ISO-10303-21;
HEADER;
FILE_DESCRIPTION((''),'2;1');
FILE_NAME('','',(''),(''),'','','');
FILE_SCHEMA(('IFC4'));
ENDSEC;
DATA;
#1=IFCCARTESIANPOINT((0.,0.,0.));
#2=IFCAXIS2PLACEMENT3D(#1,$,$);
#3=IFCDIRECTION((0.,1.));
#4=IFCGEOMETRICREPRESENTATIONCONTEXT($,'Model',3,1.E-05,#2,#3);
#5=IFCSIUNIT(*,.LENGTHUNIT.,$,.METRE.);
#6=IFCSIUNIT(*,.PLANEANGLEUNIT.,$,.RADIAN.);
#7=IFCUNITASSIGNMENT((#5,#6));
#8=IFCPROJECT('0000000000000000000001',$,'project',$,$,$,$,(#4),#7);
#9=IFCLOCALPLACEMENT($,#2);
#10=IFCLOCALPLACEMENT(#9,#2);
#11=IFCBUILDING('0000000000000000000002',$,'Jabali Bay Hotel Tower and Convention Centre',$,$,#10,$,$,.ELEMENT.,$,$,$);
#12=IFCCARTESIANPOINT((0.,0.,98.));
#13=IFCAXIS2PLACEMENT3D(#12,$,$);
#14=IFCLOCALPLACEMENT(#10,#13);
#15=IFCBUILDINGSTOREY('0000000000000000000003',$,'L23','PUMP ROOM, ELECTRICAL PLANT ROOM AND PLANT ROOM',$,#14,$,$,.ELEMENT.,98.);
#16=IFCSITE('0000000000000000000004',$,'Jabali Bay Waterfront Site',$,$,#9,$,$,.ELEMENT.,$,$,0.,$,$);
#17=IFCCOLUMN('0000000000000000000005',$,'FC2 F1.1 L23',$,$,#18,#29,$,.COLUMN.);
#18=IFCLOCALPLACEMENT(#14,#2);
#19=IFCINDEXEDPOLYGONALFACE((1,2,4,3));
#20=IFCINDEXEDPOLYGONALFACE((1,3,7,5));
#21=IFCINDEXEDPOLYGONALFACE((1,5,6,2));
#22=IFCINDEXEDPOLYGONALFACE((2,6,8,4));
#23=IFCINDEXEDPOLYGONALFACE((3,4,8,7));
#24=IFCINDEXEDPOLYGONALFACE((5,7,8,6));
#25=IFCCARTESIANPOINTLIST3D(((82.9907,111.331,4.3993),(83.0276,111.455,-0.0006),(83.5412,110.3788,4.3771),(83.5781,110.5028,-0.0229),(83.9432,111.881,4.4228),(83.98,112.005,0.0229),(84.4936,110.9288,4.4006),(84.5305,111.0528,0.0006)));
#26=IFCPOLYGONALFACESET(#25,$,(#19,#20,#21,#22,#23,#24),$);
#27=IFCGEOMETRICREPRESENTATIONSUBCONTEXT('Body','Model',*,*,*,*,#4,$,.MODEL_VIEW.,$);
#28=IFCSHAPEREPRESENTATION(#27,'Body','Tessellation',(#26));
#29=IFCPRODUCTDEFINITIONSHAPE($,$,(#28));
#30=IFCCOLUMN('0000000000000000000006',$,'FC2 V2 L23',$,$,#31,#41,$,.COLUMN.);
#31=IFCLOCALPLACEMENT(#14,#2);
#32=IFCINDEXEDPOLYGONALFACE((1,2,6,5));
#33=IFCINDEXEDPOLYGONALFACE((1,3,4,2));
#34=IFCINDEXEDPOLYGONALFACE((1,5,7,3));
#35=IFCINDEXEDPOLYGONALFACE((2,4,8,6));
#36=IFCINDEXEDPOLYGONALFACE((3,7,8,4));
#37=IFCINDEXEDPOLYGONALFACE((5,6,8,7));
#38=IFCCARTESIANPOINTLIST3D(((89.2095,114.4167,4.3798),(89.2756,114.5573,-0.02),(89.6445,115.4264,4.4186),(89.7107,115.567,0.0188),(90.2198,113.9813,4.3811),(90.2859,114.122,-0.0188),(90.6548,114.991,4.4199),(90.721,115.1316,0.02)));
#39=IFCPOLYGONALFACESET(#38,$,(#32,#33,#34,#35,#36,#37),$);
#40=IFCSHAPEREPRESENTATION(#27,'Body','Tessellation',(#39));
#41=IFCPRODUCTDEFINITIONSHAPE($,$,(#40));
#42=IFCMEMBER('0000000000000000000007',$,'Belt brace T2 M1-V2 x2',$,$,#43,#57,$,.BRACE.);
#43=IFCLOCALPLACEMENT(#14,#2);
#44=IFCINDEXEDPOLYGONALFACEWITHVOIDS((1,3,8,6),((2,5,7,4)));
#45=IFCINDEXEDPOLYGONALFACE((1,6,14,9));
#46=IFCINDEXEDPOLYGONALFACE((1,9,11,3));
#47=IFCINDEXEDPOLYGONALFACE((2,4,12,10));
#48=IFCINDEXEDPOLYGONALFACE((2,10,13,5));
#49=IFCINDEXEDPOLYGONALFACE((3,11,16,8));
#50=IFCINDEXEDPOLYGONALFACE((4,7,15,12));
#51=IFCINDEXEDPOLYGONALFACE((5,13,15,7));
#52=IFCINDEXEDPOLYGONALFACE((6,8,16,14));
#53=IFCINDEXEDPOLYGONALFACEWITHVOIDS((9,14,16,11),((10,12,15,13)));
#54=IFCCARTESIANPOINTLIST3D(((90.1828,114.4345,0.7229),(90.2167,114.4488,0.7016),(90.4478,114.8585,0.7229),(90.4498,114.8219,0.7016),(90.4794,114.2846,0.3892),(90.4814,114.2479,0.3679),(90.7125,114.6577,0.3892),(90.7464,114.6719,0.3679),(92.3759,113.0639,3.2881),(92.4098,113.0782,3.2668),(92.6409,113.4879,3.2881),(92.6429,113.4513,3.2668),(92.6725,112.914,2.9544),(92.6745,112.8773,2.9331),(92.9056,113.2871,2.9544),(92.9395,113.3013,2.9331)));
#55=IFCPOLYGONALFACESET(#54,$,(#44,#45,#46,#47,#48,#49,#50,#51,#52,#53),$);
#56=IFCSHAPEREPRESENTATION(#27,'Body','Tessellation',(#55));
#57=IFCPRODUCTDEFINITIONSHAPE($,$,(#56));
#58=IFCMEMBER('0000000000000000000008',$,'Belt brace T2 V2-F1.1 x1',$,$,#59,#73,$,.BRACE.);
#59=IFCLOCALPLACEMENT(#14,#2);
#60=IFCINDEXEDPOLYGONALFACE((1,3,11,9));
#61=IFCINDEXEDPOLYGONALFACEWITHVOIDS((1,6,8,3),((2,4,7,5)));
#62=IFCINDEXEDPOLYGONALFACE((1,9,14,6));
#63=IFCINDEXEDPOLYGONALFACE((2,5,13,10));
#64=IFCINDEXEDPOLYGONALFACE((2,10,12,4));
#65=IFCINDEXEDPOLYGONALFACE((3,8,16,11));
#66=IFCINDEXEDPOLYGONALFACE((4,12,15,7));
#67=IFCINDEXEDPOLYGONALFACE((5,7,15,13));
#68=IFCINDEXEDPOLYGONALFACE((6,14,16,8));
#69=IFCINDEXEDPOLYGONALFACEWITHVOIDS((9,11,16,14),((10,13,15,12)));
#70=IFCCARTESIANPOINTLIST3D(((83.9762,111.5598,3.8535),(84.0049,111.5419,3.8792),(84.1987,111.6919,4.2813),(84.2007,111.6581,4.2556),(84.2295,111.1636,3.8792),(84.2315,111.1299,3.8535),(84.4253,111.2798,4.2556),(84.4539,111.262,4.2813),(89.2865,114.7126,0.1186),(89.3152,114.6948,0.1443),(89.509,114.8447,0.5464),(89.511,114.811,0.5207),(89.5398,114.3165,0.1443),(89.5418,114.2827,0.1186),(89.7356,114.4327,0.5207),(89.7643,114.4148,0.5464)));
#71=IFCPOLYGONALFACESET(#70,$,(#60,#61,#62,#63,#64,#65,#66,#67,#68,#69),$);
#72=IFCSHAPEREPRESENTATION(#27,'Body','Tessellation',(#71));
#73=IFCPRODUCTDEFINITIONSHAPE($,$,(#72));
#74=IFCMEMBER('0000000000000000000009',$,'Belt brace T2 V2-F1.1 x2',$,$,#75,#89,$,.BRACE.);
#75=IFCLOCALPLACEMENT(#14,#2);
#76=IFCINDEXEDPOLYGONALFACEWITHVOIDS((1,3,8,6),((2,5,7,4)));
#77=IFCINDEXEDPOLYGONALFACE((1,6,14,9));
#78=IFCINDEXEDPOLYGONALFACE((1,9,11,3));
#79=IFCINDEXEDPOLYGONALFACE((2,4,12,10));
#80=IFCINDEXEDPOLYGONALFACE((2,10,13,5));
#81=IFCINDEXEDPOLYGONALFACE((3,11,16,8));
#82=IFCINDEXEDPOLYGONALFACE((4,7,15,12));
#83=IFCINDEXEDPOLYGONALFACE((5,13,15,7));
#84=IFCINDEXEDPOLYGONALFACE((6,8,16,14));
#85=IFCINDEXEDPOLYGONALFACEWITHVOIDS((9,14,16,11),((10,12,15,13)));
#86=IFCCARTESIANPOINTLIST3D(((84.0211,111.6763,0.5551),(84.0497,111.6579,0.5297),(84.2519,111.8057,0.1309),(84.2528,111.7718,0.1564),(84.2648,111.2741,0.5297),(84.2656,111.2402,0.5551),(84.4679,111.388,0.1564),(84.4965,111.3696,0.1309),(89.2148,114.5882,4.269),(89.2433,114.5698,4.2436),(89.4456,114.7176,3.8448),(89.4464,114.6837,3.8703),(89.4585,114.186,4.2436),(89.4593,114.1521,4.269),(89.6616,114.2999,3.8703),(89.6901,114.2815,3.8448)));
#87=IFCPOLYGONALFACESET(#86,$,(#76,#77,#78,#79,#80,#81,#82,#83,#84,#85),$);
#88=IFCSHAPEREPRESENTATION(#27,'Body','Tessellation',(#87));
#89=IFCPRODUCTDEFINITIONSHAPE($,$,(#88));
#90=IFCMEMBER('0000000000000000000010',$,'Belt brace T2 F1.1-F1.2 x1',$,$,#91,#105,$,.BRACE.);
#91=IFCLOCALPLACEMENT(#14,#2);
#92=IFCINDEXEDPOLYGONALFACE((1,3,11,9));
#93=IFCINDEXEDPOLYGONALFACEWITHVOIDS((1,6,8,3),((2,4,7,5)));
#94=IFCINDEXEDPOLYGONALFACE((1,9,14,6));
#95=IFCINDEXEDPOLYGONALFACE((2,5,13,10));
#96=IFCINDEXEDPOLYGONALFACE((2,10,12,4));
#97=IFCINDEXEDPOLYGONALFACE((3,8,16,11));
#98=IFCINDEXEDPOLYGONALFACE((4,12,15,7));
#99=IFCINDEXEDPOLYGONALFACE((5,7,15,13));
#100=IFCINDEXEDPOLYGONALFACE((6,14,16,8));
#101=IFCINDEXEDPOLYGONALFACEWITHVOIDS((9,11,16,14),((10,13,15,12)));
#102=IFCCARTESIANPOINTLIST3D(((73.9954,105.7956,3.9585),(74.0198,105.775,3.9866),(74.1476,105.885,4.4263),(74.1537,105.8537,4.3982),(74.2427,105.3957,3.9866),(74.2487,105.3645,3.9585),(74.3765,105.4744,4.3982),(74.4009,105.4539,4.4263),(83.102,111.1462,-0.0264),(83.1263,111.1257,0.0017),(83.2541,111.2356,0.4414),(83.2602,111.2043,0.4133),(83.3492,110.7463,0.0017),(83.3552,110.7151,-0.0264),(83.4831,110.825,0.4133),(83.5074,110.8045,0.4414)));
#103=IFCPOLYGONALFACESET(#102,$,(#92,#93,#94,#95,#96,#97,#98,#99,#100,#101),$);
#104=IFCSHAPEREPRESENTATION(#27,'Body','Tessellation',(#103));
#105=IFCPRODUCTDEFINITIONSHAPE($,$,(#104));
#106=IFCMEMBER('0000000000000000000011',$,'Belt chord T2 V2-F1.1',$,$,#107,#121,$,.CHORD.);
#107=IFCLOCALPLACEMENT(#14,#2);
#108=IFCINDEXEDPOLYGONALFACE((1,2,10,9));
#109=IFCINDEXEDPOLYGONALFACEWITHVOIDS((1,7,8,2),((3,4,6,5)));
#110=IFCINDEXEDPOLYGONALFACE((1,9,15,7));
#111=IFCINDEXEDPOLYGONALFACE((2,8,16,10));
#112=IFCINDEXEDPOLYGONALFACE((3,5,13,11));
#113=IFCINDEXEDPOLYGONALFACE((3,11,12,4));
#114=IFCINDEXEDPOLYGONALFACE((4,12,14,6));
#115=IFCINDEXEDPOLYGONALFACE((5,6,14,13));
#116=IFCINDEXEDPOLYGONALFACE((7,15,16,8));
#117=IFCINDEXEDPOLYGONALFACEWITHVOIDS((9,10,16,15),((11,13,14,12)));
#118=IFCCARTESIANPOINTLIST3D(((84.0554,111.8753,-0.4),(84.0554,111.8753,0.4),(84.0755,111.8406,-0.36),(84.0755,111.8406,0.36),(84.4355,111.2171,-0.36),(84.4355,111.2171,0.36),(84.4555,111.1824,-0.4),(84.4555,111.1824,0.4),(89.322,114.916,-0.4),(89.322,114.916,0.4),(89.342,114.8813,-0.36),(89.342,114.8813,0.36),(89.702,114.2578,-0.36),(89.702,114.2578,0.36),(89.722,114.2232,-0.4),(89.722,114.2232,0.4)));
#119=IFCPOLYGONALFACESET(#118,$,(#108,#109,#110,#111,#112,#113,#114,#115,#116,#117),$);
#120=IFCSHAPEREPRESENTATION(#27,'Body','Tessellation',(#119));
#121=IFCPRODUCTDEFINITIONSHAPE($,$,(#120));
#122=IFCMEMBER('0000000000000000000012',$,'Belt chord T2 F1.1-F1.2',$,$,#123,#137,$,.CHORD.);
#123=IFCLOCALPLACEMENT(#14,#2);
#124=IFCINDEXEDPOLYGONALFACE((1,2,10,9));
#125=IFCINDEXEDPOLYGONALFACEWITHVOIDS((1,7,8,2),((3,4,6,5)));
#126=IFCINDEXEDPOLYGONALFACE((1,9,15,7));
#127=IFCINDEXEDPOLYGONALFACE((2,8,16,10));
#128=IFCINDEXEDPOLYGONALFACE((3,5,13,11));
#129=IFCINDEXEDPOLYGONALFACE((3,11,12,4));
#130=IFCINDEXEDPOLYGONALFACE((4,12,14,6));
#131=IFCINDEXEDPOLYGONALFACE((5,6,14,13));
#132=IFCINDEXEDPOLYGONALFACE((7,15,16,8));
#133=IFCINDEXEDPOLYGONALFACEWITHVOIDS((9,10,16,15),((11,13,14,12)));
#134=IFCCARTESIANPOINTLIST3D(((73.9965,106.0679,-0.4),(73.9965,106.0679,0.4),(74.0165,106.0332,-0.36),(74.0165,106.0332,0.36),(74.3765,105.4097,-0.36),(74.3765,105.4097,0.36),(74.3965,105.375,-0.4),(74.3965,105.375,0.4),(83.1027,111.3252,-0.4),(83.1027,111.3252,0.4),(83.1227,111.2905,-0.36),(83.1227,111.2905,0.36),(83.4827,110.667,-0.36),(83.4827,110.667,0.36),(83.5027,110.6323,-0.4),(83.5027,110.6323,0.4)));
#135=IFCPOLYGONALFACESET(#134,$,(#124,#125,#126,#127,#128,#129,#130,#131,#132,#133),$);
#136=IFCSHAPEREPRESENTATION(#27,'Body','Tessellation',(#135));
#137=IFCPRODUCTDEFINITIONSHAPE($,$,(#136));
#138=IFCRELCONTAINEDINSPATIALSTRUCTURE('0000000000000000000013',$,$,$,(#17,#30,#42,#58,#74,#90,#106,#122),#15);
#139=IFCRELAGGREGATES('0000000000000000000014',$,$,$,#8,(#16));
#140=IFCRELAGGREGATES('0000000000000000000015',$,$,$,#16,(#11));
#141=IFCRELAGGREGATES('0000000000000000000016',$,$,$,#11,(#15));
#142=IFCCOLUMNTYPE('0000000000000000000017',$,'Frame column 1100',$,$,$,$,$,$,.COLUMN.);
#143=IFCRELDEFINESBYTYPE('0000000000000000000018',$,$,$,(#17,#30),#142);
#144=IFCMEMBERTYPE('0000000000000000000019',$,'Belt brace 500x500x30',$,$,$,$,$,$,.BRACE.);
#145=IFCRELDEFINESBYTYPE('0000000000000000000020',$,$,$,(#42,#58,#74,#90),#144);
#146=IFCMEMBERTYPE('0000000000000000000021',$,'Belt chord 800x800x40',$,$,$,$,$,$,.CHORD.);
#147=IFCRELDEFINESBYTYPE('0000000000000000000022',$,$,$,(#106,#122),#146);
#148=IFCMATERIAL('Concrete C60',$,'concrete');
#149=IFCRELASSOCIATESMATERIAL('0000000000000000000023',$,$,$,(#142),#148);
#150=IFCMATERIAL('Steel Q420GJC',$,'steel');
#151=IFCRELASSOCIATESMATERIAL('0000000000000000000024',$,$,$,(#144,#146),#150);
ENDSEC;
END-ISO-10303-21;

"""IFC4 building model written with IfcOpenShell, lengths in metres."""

from ifc_helpers import new_model, si_unit, direction, frame, origin, origin_2d, place, context, subcontext, project, spatial, rectangle, hollow_rectangle, extrude, material, material_profile, profile_set, type_object, element, save


model = new_model("IFC4")

# Units and contexts
model_context = context("Model", 3, precision=1e-05, world=origin(), true_north=direction((0.0, 1.0)))
body_context = subcontext(model_context, "Body", "Model", "MODEL_VIEW")
ifc_project = project(units=[si_unit("LENGTHUNIT", "METRE"), si_unit("PLANEANGLEUNIT", "RADIAN")], contexts=[model_context])

# Site, building, storey
site_placement = place(None, origin())
site = spatial("IfcSite", under=ifc_project, at=site_placement, Name="Jabali Bay Waterfront Site", CompositionType="ELEMENT", RefElevation=0.0)
building_placement = place(site_placement, origin())
building = spatial("IfcBuilding", under=site, at=building_placement, Name="Jabali Bay Hotel Tower and Convention Centre", CompositionType="ELEMENT")
storey_placement = place(building_placement, frame((0.0, 0.0, 98.0)))
storey = spatial("IfcBuildingStorey", under=building, at=storey_placement, Name="L23", Description="PUMP ROOM, ELECTRICAL PLANT ROOM AND PLANT ROOM", CompositionType="ELEMENT", Elevation=98.0)

# Columns
ifc_material_1 = material(Name="Concrete C60", Category="concrete")
ifc_material_profile_1 = material_profile(ifc_material_1, rectangle(XDim=1.1001, YDim=1.1001, at=origin_2d()), Name="Frame column 1100")
ifc_profile_set_1 = profile_set([ifc_material_profile_1], Name="Concrete C60")
column_type = type_object("IfcColumnType", Name="Frame column 1100", PredefinedType="COLUMN", material=ifc_profile_set_1)
column_1_placement = place(storey_placement, frame((83.7791, 111.2539, 0.0), z_axis=(-0.008375, -0.028176, 0.999568), x_axis=(0.865766, 0.499994, 0.021348)))
element("IfcColumn", 1, at=column_1_placement, inside=storey, type_object=column_type, Name="FC2 F1.1 L23", PredefinedType="COLUMN", context=body_context, shape_type="SweptSolid", body=[
    extrude(rectangle(XDim=1.1001, YDim=1.1001, at=origin_2d()), origin(), (0.0, 0.0, 1.0), 4.4019),
])
column_2_placement = place(storey_placement, frame((89.9983, 114.8445, 0.0), z_axis=(-0.015028, -0.031941, 0.999377), x_axis=(0.918364, -0.395736, 0.001161)))
element("IfcColumn", 2, at=column_2_placement, inside=storey, type_object=column_type, Name="FC2 V2 L23", PredefinedType="COLUMN", context=body_context, shape_type="SweptSolid", body=[
    extrude(rectangle(XDim=1.1001, YDim=1.1001, at=origin_2d()), origin(), (0.0, 0.0, 1.0), 4.4026),
])

# Members
ifc_material_2 = material(Name="Steel Q420GJC", Category="steel")
ifc_material_profile_2 = material_profile(ifc_material_2, hollow_rectangle(XDim=0.5, YDim=0.5, WallThickness=0.03, at=origin_2d()), Name="Belt brace 500x500x30")
ifc_profile_set_2 = profile_set([ifc_material_profile_2], Name="Steel Q420GJC")
member_type_1 = type_object("IfcMemberType", Name="Belt brace 500x500x30", PredefinedType="BRACE", material=ifc_profile_set_2)
member_1_placement = place(storey_placement, frame((90.4646, 114.5532, 0.5454), z_axis=(0.602075, -0.376272, 0.704219), x_axis=(0.529973, 0.848014, 0.0)))
element("IfcMember", 3, at=member_1_placement, inside=storey, type_object=member_type_1, Name="Belt brace T2 M1-V2 x2", PredefinedType="BRACE", context=body_context, shape_type="SweptSolid", body=[
    extrude(hollow_rectangle(XDim=0.5, YDim=0.5, WallThickness=0.03, at=origin_2d()), origin(), (0.0, 0.0, 1.0), 3.6426),
])
member_2_placement = place(storey_placement, frame((89.5254, 114.5637, 0.3325), z_axis=(-0.735778, -0.436846, 0.51749), x_axis=(0.51052, -0.859866, 0.0)))
element("IfcMember", 4, at=member_2_placement, inside=storey, type_object=member_type_1, Name="Belt brace T2 V2-F1.1 x1", PredefinedType="BRACE", context=body_context, shape_type="SweptSolid", body=[
    extrude(hollow_rectangle(XDim=0.5, YDim=0.5, WallThickness=0.03, at=origin_2d()), origin(), (0.0, 0.0, 1.0), 7.2173),
])
member_3_placement = place(storey_placement, frame((84.2588, 111.5229, 0.343), z_axis=(0.740093, 0.414943, 0.529229), x_axis=(-0.489044, 0.872259, 0.0)))
element("IfcMember", 5, at=member_3_placement, inside=storey, type_object=member_type_1, Name="Belt brace T2 V2-F1.1 x2", PredefinedType="BRACE", context=body_context, shape_type="SweptSolid", body=[
    extrude(hollow_rectangle(XDim=0.5, YDim=0.5, WallThickness=0.03, at=origin_2d()), origin(), (0.0, 0.0, 1.0), 7.0176),
])
member_4_placement = place(storey_placement, frame((83.3047, 110.9753, 0.2075), z_axis=(-0.806685, -0.473976, 0.352995), x_axis=(0.506588, -0.862188, 0.0)))
element("IfcMember", 6, at=member_4_placement, inside=storey, type_object=member_type_1, Name="Belt brace T2 F1.1-F1.2 x1", PredefinedType="BRACE", context=body_context, shape_type="SweptSolid", body=[
    extrude(hollow_rectangle(XDim=0.5, YDim=0.5, WallThickness=0.03, at=origin_2d()), origin(), (0.0, 0.0, 1.0), 11.2888),
])
ifc_material_profile_3 = material_profile(ifc_material_2, hollow_rectangle(XDim=0.8, YDim=0.8, WallThickness=0.04, at=origin_2d()), Name="Belt chord 800x800x40")
ifc_profile_set_3 = profile_set([ifc_material_profile_3], Name="Steel Q420GJC")
member_type_2 = type_object("IfcMemberType", Name="Belt chord 800x800x40", PredefinedType="CHORD", material=ifc_profile_set_3)
member_5_placement = place(storey_placement, frame((89.522, 114.5696, 0.0), z_axis=(-0.866018, -0.500012, 0.0), x_axis=(0.500012, -0.866018, 0.0)))
element("IfcMember", 7, at=member_5_placement, inside=storey, type_object=member_type_2, Name="Belt chord T2 V2-F1.1", PredefinedType="CHORD", context=body_context, shape_type="SweptSolid", body=[
    extrude(hollow_rectangle(XDim=0.8, YDim=0.8, WallThickness=0.04, at=origin_2d()), origin(), (0.0, 0.0, 1.0), 6.0813),
])
member_6_placement = place(storey_placement, frame((83.3027, 110.9788, 0.0), z_axis=(-0.866031, -0.49999, 0.0), x_axis=(0.49999, -0.866031, 0.0)))
element("IfcMember", 8, at=member_6_placement, inside=storey, type_object=member_type_2, Name="Belt chord T2 F1.1-F1.2", PredefinedType="CHORD", context=body_context, shape_type="SweptSolid", body=[
    extrude(hollow_rectangle(XDim=0.8, YDim=0.8, WallThickness=0.04, at=origin_2d()), origin(), (0.0, 0.0, 1.0), 10.5149),
])

save(model, "model.ifc")
